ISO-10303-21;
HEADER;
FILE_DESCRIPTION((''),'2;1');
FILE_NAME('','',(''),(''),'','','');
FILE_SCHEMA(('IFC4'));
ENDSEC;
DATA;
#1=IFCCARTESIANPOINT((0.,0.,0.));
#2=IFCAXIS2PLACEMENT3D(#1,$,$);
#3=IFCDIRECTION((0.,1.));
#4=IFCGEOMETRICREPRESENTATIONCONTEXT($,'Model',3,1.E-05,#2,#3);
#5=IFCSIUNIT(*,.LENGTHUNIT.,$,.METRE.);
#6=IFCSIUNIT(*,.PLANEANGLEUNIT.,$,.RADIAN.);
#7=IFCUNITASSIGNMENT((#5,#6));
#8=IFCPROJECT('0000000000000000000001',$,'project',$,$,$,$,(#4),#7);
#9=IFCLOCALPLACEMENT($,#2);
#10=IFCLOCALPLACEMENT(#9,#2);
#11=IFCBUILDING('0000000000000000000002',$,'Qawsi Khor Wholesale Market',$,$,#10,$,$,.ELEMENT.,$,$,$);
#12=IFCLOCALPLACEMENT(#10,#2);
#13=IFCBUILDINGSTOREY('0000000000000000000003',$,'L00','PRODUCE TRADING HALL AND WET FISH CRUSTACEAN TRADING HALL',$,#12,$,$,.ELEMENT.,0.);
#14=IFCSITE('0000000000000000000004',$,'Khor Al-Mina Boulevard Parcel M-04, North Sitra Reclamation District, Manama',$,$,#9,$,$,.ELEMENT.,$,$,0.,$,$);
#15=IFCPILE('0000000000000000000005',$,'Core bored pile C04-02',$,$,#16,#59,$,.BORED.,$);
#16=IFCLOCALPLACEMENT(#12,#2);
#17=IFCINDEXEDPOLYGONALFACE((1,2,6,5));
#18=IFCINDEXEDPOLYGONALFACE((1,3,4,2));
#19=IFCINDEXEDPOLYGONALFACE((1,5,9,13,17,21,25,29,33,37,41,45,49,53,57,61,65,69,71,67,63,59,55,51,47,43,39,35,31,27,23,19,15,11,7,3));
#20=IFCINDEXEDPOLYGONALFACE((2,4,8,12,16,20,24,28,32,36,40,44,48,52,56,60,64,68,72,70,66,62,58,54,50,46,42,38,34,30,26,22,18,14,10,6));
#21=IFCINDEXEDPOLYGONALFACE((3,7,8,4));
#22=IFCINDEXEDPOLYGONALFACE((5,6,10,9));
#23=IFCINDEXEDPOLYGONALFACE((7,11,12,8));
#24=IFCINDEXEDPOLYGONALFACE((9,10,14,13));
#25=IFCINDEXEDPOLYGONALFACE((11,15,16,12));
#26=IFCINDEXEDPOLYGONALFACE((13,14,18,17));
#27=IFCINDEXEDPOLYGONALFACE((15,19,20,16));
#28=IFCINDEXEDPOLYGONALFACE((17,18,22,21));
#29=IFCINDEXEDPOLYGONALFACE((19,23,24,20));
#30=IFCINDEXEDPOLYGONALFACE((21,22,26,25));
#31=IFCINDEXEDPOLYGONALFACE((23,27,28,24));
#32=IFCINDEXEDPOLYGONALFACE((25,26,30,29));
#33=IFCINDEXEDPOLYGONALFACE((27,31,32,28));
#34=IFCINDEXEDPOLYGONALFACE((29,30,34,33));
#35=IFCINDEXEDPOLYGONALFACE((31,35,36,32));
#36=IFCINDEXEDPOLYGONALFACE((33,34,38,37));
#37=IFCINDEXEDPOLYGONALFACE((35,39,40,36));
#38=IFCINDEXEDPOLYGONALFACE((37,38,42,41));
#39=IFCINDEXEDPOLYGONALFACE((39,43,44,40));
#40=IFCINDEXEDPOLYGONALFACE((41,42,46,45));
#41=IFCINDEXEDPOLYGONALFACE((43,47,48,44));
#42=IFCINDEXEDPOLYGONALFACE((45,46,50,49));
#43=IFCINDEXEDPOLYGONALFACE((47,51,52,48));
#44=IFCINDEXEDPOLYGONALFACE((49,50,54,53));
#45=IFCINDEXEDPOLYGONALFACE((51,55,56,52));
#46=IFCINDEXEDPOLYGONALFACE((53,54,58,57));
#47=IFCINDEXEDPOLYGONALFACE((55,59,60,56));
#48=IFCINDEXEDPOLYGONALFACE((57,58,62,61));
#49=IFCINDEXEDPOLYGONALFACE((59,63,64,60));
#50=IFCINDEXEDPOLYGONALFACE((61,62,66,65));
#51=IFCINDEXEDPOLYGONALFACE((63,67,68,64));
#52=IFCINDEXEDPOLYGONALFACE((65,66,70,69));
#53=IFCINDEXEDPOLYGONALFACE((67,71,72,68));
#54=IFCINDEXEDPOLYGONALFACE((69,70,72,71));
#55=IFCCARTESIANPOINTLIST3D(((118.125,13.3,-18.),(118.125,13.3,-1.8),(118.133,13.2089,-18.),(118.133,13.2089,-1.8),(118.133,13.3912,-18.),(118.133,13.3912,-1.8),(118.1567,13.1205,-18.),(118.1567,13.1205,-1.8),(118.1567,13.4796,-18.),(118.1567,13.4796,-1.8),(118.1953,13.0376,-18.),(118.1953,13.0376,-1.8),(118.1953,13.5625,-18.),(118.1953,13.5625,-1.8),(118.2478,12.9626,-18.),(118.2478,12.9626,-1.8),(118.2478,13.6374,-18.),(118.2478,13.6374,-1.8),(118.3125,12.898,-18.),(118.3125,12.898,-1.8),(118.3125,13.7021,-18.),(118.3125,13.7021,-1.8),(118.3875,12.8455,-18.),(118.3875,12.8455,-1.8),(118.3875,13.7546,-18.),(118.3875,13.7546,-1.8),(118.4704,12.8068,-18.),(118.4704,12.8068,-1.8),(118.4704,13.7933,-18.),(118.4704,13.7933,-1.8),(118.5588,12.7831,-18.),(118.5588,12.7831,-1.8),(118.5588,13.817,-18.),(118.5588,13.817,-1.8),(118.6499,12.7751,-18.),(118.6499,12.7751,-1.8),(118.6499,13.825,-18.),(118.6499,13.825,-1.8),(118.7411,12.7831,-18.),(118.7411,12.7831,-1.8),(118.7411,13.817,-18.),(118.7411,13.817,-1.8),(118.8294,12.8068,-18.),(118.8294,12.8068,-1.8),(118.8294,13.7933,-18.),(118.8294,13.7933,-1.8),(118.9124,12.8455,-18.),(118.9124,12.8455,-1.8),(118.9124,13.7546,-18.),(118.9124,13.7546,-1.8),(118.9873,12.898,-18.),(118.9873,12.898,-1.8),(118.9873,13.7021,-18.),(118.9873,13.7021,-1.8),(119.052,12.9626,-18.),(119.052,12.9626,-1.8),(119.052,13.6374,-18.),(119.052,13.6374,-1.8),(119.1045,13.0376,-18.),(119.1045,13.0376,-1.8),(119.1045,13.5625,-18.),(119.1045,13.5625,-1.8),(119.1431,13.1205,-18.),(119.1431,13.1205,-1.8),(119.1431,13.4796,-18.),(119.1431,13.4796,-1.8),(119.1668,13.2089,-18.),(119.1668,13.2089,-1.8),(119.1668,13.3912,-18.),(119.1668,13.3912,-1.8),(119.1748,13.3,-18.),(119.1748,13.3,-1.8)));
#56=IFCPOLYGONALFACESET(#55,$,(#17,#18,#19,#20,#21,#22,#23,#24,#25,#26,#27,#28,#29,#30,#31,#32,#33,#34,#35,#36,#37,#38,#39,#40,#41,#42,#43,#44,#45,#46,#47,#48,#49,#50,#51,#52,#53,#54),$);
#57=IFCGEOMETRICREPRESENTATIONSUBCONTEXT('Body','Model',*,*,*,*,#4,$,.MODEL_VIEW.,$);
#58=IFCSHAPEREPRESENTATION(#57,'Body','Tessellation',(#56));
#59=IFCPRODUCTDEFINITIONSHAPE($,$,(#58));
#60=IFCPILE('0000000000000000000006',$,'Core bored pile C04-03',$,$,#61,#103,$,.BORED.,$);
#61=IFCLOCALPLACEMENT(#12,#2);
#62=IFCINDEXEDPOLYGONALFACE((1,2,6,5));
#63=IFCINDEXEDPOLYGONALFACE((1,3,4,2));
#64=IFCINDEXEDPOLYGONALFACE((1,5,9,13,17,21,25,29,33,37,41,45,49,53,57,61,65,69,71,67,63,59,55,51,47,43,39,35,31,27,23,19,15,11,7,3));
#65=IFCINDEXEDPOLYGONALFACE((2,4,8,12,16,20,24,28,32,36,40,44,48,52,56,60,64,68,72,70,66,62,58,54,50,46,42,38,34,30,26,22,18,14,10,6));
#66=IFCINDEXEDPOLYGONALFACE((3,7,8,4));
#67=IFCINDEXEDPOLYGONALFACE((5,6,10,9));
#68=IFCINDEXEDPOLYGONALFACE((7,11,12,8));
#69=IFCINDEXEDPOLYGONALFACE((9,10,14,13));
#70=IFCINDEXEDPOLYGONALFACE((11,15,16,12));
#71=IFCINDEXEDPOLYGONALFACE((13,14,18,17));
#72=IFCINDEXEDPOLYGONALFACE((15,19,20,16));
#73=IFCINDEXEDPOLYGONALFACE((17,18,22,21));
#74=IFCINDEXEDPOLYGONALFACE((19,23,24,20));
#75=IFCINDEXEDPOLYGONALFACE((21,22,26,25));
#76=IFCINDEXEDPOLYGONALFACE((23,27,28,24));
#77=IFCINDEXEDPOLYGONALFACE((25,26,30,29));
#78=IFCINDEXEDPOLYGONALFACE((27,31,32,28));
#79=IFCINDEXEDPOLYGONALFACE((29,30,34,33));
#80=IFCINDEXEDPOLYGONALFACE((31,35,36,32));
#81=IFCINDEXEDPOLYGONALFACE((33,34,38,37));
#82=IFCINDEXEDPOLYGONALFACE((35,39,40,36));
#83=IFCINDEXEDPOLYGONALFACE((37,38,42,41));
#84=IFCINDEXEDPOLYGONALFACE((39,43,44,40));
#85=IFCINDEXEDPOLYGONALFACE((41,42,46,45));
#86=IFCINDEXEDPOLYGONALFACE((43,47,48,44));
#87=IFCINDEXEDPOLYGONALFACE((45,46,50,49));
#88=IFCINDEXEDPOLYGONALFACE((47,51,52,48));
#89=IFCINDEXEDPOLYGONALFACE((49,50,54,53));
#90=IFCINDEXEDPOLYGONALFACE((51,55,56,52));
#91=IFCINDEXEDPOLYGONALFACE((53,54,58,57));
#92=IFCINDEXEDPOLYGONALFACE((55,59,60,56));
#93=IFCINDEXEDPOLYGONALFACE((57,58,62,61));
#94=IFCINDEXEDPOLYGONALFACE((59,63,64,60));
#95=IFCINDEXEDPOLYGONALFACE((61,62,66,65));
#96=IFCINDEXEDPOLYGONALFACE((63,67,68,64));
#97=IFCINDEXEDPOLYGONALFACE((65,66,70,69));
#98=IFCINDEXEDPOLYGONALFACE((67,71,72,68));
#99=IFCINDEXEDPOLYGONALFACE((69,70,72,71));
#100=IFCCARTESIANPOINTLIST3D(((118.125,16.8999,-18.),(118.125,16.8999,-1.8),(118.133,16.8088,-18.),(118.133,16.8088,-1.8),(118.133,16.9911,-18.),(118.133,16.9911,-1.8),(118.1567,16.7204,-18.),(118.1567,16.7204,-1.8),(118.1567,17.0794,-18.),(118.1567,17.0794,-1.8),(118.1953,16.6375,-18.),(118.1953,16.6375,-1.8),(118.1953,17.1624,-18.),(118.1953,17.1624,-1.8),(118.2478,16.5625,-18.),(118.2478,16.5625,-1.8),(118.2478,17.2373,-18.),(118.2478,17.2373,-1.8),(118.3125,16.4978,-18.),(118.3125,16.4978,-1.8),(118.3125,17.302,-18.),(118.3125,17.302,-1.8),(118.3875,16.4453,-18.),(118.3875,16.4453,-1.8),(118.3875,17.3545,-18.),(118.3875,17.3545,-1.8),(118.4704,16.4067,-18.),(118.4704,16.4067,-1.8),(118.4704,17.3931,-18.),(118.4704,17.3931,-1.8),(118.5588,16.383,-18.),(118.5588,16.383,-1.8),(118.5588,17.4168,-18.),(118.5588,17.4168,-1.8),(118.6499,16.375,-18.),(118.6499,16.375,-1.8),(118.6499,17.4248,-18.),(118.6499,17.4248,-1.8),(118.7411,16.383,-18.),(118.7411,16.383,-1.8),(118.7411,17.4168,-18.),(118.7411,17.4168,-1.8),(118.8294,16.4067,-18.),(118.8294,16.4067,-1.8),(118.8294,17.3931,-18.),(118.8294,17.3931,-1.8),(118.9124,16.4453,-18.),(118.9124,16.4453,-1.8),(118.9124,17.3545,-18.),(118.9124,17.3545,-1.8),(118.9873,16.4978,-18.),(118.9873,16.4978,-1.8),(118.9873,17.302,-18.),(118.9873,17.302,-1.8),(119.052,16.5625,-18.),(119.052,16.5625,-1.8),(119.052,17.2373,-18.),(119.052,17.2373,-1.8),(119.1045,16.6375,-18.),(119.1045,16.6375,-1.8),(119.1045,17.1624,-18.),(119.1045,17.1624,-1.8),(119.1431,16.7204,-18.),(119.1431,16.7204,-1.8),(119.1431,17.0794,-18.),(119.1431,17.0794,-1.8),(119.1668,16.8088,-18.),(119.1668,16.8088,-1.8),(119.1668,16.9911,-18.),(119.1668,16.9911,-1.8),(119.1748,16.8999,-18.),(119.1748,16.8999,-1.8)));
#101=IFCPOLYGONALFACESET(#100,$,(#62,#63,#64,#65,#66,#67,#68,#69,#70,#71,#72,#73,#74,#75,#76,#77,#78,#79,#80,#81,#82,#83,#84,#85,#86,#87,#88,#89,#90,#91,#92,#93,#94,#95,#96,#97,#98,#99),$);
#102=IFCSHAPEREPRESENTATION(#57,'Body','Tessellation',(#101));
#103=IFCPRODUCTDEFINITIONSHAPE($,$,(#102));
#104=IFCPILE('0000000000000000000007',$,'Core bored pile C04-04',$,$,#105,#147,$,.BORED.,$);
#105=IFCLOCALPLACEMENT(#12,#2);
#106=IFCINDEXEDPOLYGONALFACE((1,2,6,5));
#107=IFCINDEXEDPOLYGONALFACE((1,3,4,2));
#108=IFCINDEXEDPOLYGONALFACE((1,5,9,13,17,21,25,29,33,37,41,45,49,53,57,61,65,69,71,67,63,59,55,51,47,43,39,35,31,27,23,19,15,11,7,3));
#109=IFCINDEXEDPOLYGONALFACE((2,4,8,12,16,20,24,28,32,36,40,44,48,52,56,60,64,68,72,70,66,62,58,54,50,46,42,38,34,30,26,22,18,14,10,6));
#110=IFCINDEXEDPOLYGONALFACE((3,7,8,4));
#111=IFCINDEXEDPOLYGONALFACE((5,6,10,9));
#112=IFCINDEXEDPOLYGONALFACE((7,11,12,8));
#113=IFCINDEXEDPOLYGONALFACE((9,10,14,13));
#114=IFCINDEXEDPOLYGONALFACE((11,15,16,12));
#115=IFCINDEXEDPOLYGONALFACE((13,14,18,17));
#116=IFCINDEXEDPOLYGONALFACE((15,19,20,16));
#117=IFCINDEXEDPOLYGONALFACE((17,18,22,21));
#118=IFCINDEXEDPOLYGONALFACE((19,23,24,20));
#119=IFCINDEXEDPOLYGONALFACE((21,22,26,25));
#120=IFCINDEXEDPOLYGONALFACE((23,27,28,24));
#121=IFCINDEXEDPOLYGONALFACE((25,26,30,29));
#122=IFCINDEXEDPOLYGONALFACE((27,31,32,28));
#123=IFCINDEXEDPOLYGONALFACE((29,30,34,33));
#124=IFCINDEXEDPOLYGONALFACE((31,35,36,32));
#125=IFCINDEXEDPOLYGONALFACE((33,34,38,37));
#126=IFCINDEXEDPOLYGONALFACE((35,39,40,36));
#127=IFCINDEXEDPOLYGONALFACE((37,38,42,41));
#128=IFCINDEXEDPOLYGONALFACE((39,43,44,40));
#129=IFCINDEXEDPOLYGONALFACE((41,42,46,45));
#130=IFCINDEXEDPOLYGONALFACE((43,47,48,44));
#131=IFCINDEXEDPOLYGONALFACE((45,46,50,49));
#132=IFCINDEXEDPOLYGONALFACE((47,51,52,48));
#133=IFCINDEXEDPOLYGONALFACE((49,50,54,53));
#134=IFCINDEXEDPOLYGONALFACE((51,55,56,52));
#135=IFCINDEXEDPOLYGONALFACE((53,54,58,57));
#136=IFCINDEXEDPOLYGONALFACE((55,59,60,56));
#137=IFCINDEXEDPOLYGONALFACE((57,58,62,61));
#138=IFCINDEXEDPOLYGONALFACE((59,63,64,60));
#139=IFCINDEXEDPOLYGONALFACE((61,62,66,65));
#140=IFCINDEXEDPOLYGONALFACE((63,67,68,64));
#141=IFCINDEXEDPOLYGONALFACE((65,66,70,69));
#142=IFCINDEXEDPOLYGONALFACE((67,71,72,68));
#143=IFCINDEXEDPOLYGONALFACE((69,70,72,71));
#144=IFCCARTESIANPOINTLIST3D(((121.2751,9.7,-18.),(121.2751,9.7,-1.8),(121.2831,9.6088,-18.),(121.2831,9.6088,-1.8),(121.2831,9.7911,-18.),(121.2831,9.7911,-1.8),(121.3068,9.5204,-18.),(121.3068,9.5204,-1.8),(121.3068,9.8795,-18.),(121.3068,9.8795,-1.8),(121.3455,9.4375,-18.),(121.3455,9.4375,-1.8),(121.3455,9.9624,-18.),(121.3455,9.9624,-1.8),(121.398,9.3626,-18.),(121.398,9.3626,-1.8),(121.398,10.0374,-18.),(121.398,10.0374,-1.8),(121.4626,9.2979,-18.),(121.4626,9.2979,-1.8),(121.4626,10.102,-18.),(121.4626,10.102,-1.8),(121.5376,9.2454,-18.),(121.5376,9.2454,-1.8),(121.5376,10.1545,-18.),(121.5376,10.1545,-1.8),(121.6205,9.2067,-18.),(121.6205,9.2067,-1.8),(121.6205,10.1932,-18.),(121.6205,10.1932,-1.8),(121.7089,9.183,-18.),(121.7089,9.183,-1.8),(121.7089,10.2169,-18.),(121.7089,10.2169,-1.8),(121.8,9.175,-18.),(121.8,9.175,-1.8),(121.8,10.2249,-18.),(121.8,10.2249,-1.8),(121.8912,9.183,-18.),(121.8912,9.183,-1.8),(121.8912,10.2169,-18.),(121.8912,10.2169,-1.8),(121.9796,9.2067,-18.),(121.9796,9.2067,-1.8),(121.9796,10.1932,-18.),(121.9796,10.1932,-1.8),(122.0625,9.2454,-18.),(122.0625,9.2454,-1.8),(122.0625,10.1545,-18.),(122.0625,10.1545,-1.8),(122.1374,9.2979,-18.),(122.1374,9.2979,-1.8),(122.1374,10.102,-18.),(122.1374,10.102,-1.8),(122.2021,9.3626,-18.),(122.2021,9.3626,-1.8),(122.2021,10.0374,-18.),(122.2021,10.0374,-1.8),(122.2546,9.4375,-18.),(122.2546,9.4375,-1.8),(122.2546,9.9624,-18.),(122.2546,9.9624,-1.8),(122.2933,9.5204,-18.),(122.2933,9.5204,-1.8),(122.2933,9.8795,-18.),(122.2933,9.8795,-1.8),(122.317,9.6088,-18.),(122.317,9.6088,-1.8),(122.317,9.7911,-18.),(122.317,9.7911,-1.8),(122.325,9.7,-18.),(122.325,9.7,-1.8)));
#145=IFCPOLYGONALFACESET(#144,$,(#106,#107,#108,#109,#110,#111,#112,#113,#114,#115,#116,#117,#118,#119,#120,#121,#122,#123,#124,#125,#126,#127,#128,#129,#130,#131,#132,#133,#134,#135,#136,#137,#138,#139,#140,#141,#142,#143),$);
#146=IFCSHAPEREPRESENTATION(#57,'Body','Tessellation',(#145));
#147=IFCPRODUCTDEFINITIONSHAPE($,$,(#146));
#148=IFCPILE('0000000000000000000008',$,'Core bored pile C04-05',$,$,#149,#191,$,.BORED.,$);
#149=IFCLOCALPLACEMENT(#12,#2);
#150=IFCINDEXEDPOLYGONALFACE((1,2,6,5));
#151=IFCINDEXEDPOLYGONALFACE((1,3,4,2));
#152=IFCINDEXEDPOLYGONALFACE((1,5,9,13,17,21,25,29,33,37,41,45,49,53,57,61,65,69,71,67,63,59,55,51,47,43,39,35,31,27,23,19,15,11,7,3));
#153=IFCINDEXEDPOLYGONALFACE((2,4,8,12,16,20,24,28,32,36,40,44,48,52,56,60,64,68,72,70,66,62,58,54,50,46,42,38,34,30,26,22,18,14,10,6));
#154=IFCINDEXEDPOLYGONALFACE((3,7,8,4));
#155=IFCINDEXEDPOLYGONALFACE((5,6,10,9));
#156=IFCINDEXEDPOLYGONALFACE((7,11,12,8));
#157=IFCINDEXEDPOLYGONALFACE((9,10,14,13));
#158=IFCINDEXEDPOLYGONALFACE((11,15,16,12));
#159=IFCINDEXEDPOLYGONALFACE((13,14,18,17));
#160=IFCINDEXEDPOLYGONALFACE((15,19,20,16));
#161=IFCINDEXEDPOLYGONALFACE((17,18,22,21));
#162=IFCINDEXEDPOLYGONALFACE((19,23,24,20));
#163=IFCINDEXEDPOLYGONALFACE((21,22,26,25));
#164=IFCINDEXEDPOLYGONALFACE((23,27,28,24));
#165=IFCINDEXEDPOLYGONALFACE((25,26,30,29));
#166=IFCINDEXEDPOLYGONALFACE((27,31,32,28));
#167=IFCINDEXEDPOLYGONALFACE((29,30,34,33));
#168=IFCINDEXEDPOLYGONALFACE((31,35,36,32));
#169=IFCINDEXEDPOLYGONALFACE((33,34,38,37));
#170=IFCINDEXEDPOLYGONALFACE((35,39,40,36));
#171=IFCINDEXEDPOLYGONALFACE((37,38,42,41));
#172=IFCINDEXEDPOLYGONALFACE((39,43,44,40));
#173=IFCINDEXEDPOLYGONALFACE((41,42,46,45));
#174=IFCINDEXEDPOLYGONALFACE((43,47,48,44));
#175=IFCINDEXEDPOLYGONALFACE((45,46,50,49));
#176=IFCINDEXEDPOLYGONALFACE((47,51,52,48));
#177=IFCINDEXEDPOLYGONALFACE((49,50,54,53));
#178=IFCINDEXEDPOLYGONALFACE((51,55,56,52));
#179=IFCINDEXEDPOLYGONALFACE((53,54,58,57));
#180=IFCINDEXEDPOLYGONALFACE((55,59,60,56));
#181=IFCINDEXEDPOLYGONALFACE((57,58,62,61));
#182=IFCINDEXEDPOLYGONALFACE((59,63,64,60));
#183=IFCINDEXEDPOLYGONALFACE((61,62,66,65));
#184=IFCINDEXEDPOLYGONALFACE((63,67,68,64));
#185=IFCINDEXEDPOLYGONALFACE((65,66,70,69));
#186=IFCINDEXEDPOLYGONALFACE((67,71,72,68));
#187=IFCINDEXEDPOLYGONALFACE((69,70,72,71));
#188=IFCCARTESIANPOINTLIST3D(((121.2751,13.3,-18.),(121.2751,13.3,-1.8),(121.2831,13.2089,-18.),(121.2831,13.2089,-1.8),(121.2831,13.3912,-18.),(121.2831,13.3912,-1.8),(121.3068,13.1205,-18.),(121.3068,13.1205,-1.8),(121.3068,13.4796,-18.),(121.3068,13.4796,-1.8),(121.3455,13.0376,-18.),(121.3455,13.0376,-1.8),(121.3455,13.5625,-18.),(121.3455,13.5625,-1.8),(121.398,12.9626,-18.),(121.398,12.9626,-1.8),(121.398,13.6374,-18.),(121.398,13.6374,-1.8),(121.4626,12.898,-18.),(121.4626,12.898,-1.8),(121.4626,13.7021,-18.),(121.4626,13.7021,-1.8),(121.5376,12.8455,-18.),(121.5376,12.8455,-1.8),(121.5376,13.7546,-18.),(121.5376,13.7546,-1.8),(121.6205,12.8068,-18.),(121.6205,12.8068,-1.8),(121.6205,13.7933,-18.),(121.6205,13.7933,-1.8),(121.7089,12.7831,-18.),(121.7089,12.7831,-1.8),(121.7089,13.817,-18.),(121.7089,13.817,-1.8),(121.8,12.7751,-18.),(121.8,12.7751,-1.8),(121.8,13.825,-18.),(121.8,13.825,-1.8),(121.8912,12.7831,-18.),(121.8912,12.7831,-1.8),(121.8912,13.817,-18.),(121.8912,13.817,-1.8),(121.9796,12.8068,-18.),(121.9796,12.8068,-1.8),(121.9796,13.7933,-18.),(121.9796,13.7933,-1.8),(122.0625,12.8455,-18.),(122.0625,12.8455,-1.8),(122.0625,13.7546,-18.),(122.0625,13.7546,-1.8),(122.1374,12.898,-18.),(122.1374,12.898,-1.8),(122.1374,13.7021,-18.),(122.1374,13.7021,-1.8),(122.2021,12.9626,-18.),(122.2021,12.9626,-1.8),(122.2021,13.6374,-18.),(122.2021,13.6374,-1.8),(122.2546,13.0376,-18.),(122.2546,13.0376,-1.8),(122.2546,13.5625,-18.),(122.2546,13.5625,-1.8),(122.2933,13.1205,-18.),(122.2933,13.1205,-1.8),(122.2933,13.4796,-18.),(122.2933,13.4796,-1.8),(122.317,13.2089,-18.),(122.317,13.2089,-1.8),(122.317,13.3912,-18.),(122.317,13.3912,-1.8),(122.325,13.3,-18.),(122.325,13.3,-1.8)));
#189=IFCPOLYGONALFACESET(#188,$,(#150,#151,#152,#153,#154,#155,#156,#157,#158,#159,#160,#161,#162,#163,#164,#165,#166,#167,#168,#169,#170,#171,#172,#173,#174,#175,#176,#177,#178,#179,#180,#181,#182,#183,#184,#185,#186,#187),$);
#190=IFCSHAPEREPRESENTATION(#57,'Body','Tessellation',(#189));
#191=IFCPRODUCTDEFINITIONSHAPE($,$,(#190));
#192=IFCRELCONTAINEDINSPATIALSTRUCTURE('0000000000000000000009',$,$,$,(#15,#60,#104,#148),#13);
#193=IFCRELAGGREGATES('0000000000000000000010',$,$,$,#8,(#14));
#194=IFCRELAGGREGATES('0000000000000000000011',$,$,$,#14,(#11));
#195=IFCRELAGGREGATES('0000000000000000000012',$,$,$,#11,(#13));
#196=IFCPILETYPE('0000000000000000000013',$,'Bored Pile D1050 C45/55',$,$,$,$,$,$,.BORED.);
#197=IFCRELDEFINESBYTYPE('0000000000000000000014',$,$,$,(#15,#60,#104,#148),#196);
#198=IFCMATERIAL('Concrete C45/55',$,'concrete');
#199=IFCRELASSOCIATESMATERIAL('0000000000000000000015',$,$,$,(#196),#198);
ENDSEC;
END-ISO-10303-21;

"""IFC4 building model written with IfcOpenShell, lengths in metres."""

from ifc_helpers import new_model, si_unit, direction, frame, origin, origin_2d, place, context, subcontext, project, spatial, circle, extrude, material, material_profile, profile_set, type_object, element, save


model = new_model("IFC4")

# Units and contexts
model_context = context("Model", 3, precision=1e-05, world=origin(), true_north=direction((0.0, 1.0)))
body_context = subcontext(model_context, "Body", "Model", "MODEL_VIEW")
ifc_project = project(units=[si_unit("LENGTHUNIT", "METRE"), si_unit("PLANEANGLEUNIT", "RADIAN")], contexts=[model_context])

# Site, building, storey
site_placement = place(None, origin())
site = spatial("IfcSite", under=ifc_project, at=site_placement, Name="Khor Al-Mina Boulevard Parcel M-04, North Sitra Reclamation District, Manama", CompositionType="ELEMENT", RefElevation=0.0)
building_placement = place(site_placement, origin())
building = spatial("IfcBuilding", under=site, at=building_placement, Name="Qawsi Khor Wholesale Market", CompositionType="ELEMENT")
storey_placement = place(building_placement, origin())
storey = spatial("IfcBuildingStorey", under=building, at=storey_placement, Name="L00", Description="PRODUCE TRADING HALL AND WET FISH CRUSTACEAN TRADING HALL", CompositionType="ELEMENT", Elevation=0.0)

# Piles
ifc_material_1 = material(Name="Concrete C45/55", Category="concrete")
ifc_material_profile_1 = material_profile(ifc_material_1, circle(Radius=0.5249, at=origin_2d()), Name="PILE D1050")
ifc_profile_set_1 = profile_set([ifc_material_profile_1], Name="Concrete C45/55")
pile_type_1 = type_object("IfcPileType", Name="Bored Pile D1050 C45/55", PredefinedType="BORED", material=ifc_profile_set_1)
for number, where, z_axis, x_axis, name in (
    (1, (118.6499, 13.3, -1.8), (0.0, 0.0, -1.0), (1.0, 0.0, 0.0), "Core bored pile C04-02"),
    (2, (118.6499, 16.8999, -1.8), (0.0, 0.0, -1.0), (1.0, 0.0, 0.0), "Core bored pile C04-03"),
    (3, (121.8, 9.7, -1.8), (0.0, 0.0, -1.0), (1.0, 0.0, 0.0), "Core bored pile C04-04"),
    (4, (121.8, 13.3, -1.8), (0.0, 0.0, -1.0), (1.0, 0.0, 0.0), "Core bored pile C04-05"),
):
    element("IfcPile", number, at=place(storey_placement, frame(where, z_axis=z_axis, x_axis=x_axis)), inside=storey, type_object=pile_type_1, Name=name, PredefinedType="BORED", context=body_context, shape_type="SweptSolid", body=[
        extrude(circle(Radius=0.5249, at=origin_2d()), origin(), (0.0, 0.0, 1.0), 16.2),
    ])

save(model, "model.ifc")
